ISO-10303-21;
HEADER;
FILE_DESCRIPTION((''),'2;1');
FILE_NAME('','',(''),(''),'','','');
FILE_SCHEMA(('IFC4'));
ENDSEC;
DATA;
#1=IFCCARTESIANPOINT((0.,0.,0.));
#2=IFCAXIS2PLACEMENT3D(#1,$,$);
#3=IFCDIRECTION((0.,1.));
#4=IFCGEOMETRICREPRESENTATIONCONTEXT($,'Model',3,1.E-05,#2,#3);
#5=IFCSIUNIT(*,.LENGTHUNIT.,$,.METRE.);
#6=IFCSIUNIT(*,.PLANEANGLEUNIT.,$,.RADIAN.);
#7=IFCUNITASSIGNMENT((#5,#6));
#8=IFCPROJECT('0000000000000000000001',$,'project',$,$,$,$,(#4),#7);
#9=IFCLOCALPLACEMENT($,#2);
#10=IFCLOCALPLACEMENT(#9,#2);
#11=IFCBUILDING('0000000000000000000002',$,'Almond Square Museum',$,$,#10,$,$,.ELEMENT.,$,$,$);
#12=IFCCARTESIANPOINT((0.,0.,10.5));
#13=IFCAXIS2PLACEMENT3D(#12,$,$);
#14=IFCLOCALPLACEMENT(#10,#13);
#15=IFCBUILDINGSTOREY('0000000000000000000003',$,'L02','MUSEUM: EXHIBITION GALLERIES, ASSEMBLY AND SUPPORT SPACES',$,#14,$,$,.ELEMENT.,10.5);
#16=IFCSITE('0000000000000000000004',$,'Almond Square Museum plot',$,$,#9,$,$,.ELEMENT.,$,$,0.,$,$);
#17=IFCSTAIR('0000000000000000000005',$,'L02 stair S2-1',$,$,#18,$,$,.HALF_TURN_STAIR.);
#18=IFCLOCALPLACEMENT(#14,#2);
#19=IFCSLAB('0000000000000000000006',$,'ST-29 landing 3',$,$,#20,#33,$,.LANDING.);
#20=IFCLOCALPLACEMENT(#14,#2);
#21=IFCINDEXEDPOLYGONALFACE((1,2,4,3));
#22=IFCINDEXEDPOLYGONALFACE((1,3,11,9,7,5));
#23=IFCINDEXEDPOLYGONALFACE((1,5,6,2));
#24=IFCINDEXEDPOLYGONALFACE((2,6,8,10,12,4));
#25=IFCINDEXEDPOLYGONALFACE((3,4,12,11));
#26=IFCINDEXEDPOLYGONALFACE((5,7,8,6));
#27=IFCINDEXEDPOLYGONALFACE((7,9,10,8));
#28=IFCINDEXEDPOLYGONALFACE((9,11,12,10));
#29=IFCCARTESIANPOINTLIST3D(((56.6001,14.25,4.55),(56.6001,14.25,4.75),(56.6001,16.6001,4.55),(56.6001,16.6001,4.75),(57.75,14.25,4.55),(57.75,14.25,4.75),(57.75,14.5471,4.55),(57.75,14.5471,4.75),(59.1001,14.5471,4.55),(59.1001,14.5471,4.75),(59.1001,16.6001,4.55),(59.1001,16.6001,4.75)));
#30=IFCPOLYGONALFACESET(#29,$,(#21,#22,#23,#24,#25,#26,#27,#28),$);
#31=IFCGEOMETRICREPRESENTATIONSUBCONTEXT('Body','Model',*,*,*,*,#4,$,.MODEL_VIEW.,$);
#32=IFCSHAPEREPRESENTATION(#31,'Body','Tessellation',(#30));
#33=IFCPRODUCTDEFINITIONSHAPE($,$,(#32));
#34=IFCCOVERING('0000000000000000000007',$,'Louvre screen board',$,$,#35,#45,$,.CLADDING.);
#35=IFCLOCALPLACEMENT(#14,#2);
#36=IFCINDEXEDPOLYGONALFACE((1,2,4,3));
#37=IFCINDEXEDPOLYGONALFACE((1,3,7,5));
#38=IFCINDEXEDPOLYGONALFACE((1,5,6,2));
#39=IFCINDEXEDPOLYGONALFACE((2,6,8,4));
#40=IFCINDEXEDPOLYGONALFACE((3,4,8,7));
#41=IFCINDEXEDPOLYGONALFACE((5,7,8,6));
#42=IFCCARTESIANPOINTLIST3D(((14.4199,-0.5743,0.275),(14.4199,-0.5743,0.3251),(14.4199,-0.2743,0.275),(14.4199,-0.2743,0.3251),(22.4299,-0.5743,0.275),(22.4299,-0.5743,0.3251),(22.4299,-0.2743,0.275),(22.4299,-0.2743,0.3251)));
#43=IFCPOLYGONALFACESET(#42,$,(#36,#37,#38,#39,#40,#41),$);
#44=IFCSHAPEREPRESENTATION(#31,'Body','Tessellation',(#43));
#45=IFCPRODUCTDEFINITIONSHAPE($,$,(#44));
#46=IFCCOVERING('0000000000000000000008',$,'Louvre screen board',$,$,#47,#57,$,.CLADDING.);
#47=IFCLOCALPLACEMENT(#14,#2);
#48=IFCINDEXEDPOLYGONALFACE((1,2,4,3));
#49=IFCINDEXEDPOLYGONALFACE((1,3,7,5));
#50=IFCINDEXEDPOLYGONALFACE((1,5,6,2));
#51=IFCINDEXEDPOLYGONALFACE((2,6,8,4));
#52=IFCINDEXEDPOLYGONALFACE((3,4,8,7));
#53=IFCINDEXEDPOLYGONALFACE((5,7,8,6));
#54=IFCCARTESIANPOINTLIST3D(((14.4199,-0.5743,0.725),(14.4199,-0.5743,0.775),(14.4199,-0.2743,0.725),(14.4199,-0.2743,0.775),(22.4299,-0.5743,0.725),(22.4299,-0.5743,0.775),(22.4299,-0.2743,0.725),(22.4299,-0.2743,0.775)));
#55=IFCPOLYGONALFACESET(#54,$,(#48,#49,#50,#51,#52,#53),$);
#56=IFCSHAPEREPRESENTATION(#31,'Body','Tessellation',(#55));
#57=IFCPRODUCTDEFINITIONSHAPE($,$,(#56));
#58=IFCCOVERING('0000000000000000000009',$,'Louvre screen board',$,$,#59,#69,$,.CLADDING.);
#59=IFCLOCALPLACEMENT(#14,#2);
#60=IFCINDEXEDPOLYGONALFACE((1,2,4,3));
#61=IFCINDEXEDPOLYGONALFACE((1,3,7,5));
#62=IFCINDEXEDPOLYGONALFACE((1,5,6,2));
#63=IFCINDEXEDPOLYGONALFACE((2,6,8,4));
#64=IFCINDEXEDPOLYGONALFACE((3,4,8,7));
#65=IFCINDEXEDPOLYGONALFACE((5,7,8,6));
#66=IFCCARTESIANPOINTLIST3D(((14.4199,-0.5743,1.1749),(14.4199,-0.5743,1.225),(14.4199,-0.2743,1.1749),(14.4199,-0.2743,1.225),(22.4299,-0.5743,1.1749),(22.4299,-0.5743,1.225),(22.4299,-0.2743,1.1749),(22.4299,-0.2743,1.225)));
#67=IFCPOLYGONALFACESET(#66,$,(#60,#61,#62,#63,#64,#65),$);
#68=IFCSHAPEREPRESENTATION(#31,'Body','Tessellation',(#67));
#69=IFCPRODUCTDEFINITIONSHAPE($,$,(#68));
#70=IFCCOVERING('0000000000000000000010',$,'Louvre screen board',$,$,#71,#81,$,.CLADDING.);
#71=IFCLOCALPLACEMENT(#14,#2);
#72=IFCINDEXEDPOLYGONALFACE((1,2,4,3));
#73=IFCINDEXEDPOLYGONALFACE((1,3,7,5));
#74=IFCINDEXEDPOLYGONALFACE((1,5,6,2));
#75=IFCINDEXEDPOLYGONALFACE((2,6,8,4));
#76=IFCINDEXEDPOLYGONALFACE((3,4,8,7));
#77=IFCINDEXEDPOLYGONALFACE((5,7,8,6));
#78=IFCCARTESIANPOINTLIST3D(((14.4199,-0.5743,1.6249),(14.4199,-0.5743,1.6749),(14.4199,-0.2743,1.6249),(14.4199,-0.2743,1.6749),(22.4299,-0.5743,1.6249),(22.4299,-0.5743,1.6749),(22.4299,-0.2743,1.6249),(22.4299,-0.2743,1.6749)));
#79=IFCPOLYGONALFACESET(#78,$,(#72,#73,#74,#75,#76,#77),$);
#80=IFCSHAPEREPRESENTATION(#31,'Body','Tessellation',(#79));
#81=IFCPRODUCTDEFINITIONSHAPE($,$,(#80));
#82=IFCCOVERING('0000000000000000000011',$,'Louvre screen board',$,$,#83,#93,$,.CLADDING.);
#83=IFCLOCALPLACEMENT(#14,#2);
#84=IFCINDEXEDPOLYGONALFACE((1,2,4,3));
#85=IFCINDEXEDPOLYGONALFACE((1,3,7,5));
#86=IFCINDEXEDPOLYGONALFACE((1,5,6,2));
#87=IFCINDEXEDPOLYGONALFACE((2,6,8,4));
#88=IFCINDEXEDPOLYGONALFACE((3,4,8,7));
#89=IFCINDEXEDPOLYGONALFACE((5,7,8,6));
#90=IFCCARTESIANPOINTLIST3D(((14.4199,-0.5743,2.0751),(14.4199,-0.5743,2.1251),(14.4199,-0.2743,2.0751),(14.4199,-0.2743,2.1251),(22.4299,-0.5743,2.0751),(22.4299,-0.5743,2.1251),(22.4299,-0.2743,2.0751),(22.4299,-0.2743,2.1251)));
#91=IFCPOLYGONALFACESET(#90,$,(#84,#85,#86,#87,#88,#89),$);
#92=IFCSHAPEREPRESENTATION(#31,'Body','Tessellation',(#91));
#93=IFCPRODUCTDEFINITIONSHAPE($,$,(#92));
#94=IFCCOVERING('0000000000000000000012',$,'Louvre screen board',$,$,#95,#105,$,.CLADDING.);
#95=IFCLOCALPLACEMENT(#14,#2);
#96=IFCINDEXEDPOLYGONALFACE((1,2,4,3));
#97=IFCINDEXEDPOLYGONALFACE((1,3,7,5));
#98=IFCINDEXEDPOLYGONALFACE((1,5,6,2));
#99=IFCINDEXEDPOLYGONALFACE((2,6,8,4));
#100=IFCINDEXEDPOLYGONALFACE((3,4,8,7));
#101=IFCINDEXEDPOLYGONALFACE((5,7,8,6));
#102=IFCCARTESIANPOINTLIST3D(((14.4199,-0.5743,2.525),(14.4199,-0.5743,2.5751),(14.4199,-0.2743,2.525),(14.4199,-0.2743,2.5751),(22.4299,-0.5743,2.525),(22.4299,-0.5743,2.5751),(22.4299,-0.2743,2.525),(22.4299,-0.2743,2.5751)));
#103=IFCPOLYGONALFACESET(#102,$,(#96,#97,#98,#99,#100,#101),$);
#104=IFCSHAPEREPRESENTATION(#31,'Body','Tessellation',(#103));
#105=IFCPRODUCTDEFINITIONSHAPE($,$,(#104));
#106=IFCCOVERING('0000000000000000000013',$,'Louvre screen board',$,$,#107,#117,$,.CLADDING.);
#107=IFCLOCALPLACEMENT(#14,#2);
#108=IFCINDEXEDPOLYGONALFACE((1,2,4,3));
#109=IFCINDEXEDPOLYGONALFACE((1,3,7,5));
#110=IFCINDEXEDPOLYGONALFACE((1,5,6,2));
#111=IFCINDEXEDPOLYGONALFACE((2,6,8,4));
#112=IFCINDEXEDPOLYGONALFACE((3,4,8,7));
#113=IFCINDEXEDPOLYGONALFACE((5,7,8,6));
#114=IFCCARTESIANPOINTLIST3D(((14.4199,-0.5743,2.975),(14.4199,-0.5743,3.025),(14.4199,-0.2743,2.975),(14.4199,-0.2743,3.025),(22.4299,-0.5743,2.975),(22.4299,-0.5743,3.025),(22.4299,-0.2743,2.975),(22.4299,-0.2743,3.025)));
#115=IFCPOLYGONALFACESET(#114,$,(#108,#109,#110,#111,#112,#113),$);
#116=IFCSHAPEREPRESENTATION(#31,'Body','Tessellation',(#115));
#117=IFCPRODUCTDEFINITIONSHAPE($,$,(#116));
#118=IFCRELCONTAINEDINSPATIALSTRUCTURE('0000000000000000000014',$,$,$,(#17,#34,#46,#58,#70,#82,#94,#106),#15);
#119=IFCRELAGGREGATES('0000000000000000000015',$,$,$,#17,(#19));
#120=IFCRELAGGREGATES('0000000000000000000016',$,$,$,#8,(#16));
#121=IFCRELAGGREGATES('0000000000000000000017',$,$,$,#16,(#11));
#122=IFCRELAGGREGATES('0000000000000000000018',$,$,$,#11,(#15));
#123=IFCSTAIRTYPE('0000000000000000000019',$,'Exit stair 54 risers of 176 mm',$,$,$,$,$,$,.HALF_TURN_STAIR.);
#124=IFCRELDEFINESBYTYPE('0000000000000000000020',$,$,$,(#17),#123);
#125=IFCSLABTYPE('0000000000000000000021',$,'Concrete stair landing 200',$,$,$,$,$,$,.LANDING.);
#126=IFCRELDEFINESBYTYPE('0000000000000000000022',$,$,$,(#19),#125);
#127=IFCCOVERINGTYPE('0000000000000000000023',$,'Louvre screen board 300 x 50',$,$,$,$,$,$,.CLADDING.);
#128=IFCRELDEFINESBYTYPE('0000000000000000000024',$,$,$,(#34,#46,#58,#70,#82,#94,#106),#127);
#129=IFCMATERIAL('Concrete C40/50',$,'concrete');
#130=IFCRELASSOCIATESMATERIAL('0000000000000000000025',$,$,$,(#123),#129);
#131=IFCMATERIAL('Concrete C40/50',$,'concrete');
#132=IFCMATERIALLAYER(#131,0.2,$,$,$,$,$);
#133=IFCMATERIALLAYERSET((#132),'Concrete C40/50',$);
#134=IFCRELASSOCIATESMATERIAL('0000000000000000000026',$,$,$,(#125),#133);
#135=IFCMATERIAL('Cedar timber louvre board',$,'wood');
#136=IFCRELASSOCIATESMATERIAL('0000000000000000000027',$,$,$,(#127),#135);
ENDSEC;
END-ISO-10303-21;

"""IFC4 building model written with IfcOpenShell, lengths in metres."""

from ifc_helpers import new_model, si_unit, direction, frame, origin, origin_2d, place, context, subcontext, project, spatial, polyline, rectangle, outline, extrude, material, layer, layer_set, material_profile, profile_set, type_object, element, aggregate, save


model = new_model("IFC4")

# Units and contexts
model_context = context("Model", 3, precision=1e-05, world=origin(), true_north=direction((0.0, 1.0)))
body_context = subcontext(model_context, "Body", "Model", "MODEL_VIEW")
ifc_project = project(units=[si_unit("LENGTHUNIT", "METRE"), si_unit("PLANEANGLEUNIT", "RADIAN")], contexts=[model_context])

# Site, building, storey
site_placement = place(None, origin())
site = spatial("IfcSite", under=ifc_project, at=site_placement, Name="Almond Square Museum plot", CompositionType="ELEMENT", RefElevation=0.0)
building_placement = place(site_placement, origin())
building = spatial("IfcBuilding", under=site, at=building_placement, Name="Almond Square Museum", CompositionType="ELEMENT")
storey_placement = place(building_placement, frame((0.0, 0.0, 10.5)))
storey = spatial("IfcBuildingStorey", under=building, at=storey_placement, Name="L02", Description="MUSEUM: EXHIBITION GALLERIES, ASSEMBLY AND SUPPORT SPACES", CompositionType="ELEMENT", Elevation=10.5)

# Stair, slab
ifc_material_1 = material(Name="Concrete C40/50", Category="concrete")
stair_type = type_object("IfcStairType", Name="Exit stair 54 risers of 176 mm", PredefinedType="HALF_TURN_STAIR", material=ifc_material_1)
ifc_material_2 = material(Name="Concrete C40/50", Category="concrete")
ifc_layer = layer(ifc_material_2, 0.2)
ifc_layer_set = layer_set([ifc_layer], Name="Concrete C40/50")
slab_type = type_object("IfcSlabType", Name="Concrete stair landing 200", PredefinedType="LANDING", material=ifc_layer_set)
stair_1_placement = place(storey_placement, origin())
stair_1 = element("IfcStair", 1, at=stair_1_placement, inside=storey, type_object=stair_type, Name="L02 stair S2-1", PredefinedType="HALF_TURN_STAIR")
slab_1_placement = place(storey_placement, frame((0.0, 0.0, 4.55)))
slab_1 = element("IfcSlab", 2, at=slab_1_placement, type_object=slab_type, Name="ST-29 landing 3", PredefinedType="LANDING", context=body_context, shape_type="SweptSolid", body=[
    extrude(outline(polyline([(59.1001, 14.5471), (59.1001, 16.6001), (56.6001, 16.6001), (56.6001, 14.25), (57.75, 14.25), (57.75, 14.5471), (59.1001, 14.5471)])), origin(), (0.0, 0.0, 1.0), 0.2),
])
aggregate(stair_1, [slab_1])

# Coverings
ifc_material_3 = material(Name="Cedar timber louvre board", Category="wood")
ifc_material_profile = material_profile(ifc_material_3, rectangle(XDim=0.3, YDim=0.05, at=origin_2d()))
ifc_profile_set = profile_set([ifc_material_profile], Name="Cedar timber louvre board")
covering_type = type_object("IfcCoveringType", Name="Louvre screen board 300 x 50", PredefinedType="CLADDING", material=ifc_profile_set)
for number, where, z_axis, x_axis, name in (
    (3, (14.4199, -0.4243, 0.3), (1.0, 0.0, 0.0), (0.0, 1.0, 0.0), "Louvre screen board"),
    (4, (14.4199, -0.4243, 0.75), (1.0, 0.0, 0.0), (0.0, 1.0, 0.0), "Louvre screen board"),
    (5, (14.4199, -0.4243, 1.2), (1.0, 0.0, 0.0), (0.0, 1.0, 0.0), "Louvre screen board"),
    (6, (14.4199, -0.4243, 1.6499), (1.0, 0.0, 0.0), (0.0, 1.0, 0.0), "Louvre screen board"),
    (7, (14.4199, -0.4243, 2.1001), (1.0, 0.0, 0.0), (0.0, 1.0, 0.0), "Louvre screen board"),
    (8, (14.4199, -0.4243, 2.55), (1.0, 0.0, 0.0), (0.0, 1.0, 0.0), "Louvre screen board"),
    (9, (14.4199, -0.4243, 3.0), (1.0, 0.0, 0.0), (0.0, 1.0, 0.0), "Louvre screen board"),
):
    element("IfcCovering", number, at=place(storey_placement, frame(where, z_axis=z_axis, x_axis=x_axis)), inside=storey, type_object=covering_type, Name=name, PredefinedType="CLADDING", context=body_context, shape_type="SweptSolid", body=[
        extrude(rectangle(XDim=0.3, YDim=0.05, at=origin_2d()), origin(), (0.0, 0.0, 1.0), 8.01),
    ])

save(model, "model.ifc")
